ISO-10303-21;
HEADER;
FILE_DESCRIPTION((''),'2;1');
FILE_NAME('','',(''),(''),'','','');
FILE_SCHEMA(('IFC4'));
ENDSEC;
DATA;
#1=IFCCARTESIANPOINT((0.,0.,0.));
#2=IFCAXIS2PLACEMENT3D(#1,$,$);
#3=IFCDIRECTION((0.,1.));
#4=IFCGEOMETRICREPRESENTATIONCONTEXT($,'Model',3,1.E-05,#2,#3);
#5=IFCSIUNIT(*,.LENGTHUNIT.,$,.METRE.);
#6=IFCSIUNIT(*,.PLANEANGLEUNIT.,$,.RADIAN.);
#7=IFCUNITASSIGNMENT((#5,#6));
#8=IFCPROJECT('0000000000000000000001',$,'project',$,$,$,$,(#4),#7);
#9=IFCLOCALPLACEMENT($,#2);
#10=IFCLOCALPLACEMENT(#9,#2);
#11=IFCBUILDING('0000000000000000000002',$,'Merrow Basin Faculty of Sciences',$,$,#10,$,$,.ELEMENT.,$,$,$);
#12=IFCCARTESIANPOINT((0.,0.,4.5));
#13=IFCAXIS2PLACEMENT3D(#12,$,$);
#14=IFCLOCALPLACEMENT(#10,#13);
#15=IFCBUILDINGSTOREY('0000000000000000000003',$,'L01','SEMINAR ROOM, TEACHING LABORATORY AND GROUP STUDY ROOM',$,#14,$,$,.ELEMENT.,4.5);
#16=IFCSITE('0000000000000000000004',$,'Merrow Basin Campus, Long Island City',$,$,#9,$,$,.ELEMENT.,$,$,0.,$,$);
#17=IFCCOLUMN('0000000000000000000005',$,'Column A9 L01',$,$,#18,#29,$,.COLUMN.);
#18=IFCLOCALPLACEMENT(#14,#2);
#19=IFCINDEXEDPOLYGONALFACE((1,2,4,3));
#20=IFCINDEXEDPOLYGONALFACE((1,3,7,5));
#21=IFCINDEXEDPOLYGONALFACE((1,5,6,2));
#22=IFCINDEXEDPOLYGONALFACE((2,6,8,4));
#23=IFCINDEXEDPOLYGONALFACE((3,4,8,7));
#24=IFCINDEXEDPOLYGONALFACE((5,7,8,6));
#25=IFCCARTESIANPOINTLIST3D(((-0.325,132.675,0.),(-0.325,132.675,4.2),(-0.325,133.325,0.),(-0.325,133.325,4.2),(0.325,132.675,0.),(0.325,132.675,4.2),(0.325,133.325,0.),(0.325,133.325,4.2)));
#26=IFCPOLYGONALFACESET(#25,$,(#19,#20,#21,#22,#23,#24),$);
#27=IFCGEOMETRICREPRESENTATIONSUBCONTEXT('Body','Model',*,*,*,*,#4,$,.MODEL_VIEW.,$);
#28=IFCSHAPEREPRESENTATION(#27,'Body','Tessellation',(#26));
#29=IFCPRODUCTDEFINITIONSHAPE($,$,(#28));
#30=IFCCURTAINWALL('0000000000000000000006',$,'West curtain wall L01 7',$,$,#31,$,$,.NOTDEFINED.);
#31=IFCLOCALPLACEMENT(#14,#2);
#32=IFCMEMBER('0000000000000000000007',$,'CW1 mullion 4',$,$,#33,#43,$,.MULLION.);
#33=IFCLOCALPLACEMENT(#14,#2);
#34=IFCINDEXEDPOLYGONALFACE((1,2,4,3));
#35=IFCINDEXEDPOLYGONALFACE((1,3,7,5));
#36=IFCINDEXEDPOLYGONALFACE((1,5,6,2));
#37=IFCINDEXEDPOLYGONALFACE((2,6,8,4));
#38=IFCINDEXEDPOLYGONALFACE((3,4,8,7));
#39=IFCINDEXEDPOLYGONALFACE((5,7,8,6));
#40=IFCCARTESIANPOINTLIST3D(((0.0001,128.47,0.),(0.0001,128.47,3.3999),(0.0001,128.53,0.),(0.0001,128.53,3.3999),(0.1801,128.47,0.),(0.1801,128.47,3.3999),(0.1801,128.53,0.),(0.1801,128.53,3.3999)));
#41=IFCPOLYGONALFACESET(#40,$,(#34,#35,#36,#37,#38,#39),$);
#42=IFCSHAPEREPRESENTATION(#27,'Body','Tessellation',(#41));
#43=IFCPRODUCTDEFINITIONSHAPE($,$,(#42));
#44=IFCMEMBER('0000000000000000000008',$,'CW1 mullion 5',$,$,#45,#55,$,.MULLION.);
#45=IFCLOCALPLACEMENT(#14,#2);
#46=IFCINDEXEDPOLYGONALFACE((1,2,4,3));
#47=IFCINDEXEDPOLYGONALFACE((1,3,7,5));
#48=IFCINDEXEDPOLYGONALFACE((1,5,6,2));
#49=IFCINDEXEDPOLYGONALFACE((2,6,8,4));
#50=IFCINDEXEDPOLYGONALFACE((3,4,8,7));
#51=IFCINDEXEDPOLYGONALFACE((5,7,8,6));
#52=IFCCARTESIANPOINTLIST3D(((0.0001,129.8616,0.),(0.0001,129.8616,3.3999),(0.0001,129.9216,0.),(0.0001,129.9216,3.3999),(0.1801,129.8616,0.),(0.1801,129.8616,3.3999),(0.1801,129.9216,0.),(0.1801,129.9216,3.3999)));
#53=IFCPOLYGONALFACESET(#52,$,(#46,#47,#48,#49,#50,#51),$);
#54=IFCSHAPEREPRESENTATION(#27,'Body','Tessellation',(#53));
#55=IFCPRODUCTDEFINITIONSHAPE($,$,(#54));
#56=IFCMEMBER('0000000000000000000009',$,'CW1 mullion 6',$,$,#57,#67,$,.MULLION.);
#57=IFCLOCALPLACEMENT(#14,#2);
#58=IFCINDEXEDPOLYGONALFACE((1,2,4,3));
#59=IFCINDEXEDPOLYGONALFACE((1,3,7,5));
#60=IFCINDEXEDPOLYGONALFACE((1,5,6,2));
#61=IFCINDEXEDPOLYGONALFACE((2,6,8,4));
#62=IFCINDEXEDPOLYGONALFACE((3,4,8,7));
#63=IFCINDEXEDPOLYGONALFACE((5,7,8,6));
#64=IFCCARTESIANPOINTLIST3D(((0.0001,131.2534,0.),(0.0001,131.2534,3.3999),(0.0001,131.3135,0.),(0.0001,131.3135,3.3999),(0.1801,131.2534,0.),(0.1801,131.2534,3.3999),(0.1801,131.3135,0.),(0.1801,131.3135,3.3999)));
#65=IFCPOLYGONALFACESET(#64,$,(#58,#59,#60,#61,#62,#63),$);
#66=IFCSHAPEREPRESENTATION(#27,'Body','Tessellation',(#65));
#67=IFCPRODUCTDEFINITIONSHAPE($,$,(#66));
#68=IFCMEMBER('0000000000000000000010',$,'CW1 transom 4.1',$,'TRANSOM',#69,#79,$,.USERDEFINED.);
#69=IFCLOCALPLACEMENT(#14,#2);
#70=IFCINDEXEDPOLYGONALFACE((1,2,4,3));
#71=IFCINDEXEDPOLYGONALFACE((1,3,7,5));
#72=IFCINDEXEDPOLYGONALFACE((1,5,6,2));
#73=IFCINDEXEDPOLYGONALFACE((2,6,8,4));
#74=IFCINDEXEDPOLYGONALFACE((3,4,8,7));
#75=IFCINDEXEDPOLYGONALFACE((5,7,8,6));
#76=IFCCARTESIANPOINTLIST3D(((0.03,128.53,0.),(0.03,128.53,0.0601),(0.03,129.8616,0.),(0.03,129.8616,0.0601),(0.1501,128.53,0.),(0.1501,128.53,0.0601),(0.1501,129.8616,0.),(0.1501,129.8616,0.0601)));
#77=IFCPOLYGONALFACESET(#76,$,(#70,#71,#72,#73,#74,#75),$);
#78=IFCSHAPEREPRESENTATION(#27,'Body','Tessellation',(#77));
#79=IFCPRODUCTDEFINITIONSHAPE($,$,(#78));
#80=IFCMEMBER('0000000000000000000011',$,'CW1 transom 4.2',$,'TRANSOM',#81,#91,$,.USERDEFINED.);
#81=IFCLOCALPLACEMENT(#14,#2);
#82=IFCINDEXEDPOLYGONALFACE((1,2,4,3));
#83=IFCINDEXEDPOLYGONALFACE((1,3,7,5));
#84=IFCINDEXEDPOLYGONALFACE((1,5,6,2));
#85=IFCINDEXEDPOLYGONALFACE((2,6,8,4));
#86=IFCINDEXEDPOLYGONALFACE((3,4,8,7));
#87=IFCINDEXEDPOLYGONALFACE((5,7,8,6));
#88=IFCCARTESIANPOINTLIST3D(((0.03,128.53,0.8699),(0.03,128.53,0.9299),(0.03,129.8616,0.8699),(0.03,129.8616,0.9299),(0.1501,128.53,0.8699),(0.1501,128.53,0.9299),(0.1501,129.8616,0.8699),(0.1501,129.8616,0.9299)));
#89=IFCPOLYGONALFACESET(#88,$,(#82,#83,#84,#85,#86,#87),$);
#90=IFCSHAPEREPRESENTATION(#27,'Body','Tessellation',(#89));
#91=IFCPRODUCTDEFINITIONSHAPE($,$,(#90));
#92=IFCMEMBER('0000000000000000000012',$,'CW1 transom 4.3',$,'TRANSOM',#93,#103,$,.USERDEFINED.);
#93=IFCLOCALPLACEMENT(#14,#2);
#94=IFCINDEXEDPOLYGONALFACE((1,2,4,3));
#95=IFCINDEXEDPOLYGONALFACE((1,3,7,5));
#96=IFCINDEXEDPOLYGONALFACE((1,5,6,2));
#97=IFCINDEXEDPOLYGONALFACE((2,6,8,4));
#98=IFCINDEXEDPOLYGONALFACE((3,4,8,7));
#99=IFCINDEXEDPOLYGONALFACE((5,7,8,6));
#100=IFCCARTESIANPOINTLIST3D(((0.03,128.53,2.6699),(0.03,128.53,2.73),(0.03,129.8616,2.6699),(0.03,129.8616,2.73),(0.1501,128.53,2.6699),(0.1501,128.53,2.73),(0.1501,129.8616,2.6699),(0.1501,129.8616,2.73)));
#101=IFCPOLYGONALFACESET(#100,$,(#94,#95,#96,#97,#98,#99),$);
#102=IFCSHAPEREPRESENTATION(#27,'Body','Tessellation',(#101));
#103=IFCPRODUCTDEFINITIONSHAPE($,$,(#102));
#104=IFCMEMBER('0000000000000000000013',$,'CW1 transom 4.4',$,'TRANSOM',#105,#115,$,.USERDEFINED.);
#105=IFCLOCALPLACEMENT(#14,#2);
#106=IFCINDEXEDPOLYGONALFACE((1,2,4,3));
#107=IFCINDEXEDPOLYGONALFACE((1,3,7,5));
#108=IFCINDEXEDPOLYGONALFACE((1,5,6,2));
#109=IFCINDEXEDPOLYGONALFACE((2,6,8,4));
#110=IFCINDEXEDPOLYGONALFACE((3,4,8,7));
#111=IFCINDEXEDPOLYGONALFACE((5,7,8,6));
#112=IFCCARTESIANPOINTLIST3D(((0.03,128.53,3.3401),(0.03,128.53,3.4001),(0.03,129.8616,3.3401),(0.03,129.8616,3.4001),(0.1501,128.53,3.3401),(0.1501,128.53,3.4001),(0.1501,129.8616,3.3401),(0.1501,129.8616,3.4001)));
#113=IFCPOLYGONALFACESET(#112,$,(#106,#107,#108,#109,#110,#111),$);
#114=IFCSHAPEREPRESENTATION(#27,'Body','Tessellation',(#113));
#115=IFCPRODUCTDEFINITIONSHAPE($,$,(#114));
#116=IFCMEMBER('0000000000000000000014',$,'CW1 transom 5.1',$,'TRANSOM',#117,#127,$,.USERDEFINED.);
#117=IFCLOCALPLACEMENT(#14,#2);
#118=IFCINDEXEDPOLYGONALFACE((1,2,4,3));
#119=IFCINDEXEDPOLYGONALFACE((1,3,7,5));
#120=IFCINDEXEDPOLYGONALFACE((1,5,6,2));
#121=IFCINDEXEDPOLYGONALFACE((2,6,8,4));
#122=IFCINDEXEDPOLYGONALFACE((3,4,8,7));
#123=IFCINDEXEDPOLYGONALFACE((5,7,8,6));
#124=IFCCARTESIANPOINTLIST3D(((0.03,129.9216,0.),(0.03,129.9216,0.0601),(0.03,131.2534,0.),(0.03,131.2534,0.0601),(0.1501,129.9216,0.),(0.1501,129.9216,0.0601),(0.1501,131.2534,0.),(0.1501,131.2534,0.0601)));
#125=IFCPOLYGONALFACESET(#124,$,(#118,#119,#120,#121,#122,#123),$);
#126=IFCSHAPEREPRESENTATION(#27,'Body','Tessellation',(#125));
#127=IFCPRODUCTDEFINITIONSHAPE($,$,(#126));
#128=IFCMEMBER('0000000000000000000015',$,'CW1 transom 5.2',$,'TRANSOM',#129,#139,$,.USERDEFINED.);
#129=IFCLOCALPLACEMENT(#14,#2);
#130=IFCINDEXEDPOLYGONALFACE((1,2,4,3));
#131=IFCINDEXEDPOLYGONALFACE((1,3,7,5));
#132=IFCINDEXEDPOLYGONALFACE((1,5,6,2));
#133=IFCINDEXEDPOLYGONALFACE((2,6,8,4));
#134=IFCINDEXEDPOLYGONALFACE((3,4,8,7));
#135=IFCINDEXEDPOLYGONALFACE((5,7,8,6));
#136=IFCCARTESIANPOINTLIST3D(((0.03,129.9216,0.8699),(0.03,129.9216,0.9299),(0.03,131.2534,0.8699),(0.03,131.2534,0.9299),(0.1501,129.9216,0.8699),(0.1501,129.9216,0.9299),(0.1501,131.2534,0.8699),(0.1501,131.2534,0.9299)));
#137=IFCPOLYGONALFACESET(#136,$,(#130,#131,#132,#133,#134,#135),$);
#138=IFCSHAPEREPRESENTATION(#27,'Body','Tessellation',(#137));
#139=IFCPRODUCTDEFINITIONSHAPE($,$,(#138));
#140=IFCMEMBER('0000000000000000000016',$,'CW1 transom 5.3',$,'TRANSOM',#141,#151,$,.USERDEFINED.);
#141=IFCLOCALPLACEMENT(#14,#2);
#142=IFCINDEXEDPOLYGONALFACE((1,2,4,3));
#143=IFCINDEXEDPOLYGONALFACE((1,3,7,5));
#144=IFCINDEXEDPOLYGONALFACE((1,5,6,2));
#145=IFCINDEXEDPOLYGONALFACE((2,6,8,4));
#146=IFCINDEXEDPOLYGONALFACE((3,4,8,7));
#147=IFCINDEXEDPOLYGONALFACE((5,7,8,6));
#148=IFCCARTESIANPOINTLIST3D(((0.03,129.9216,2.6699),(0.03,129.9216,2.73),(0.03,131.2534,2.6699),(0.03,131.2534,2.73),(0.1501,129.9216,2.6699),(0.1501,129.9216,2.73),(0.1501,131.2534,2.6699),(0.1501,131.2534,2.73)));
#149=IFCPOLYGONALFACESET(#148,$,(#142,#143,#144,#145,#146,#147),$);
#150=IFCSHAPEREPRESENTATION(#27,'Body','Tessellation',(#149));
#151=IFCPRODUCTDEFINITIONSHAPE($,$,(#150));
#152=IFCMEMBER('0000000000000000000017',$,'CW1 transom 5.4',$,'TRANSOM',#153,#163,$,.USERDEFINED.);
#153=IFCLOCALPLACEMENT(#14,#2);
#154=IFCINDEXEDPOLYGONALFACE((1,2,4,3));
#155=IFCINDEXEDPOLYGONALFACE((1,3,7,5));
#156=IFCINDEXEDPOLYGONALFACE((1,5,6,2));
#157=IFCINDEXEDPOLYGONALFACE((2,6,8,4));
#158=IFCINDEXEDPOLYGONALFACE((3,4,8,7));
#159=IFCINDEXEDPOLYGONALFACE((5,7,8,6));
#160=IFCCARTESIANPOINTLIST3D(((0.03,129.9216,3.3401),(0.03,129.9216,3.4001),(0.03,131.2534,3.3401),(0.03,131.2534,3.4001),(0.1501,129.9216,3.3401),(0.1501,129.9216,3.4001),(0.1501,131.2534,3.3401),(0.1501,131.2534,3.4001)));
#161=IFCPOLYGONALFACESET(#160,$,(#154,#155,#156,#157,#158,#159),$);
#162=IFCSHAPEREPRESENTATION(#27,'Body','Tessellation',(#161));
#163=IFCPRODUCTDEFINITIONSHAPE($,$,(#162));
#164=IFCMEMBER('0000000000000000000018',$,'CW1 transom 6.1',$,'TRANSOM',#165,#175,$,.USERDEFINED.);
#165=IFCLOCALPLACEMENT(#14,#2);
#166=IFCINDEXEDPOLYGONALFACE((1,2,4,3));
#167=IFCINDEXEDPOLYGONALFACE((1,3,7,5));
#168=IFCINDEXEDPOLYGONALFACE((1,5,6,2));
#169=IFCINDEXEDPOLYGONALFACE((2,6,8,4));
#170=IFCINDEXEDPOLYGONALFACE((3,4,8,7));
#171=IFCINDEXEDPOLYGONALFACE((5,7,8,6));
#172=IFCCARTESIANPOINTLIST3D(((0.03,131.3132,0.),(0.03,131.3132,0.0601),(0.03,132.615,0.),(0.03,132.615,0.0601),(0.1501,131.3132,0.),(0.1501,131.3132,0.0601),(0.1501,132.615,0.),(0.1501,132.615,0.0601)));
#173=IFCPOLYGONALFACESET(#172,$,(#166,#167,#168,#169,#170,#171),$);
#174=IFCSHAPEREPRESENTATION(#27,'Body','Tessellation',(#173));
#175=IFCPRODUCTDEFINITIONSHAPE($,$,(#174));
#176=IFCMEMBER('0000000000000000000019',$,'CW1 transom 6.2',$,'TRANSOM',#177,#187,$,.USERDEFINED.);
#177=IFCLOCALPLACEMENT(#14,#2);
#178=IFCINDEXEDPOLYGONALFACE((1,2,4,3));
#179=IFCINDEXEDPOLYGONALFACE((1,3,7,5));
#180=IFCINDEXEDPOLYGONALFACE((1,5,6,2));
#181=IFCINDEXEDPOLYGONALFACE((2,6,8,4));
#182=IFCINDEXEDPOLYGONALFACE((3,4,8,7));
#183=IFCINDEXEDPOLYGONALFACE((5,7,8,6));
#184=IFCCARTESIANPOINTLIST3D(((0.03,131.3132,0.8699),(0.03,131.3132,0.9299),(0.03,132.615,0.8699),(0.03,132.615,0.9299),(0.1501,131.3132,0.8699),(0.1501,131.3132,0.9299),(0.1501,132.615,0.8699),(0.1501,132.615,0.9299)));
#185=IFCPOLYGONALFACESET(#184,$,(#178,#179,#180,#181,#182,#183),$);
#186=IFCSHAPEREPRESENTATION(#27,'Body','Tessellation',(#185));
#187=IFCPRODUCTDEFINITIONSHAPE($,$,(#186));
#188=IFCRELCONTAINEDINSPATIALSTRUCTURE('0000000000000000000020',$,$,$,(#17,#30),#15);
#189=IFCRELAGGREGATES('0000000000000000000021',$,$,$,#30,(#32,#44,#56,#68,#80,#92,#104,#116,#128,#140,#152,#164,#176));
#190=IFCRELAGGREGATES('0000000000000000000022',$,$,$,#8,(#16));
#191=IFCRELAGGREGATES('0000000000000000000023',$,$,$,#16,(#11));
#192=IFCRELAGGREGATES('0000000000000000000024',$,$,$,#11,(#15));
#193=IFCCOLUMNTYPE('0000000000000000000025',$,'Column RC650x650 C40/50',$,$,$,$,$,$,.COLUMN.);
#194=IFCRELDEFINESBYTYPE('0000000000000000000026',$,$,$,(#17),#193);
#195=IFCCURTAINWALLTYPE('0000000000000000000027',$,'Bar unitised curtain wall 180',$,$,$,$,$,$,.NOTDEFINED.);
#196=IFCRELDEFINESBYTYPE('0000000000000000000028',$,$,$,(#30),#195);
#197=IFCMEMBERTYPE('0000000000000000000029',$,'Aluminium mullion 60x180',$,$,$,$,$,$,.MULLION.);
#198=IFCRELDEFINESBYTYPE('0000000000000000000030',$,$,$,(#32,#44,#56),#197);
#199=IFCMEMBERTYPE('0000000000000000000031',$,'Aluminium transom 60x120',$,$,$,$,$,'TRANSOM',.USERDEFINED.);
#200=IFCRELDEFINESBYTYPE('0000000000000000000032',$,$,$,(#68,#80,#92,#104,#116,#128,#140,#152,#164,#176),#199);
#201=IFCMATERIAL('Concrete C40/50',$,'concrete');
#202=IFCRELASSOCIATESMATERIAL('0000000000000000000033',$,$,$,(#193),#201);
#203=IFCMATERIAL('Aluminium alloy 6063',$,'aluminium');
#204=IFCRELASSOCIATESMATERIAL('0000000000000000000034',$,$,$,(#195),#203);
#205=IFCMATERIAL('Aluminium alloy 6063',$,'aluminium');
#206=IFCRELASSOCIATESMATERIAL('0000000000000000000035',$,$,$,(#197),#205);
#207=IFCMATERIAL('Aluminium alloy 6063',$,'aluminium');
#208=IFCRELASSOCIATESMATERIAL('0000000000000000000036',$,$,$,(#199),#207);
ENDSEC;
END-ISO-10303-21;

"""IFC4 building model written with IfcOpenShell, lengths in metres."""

from ifc_helpers import new_model, si_unit, direction, frame, origin, origin_2d, place, context, subcontext, project, spatial, rectangle, extrude, material, material_profile, profile_set, type_object, element, aggregate, save


model = new_model("IFC4")

# Units and contexts
model_context = context("Model", 3, precision=1e-05, world=origin(), true_north=direction((0.0, 1.0)))
body_context = subcontext(model_context, "Body", "Model", "MODEL_VIEW")
ifc_project = project(units=[si_unit("LENGTHUNIT", "METRE"), si_unit("PLANEANGLEUNIT", "RADIAN")], contexts=[model_context])

# Site, building, storey
site_placement = place(None, origin())
site = spatial("IfcSite", under=ifc_project, at=site_placement, Name="Merrow Basin Campus, Long Island City", CompositionType="ELEMENT", RefElevation=0.0)
building_placement = place(site_placement, origin())
building = spatial("IfcBuilding", under=site, at=building_placement, Name="Merrow Basin Faculty of Sciences", CompositionType="ELEMENT")
storey_placement = place(building_placement, frame((0.0, 0.0, 4.5)))
storey = spatial("IfcBuildingStorey", under=building, at=storey_placement, Name="L01", Description="SEMINAR ROOM, TEACHING LABORATORY AND GROUP STUDY ROOM", CompositionType="ELEMENT", Elevation=4.5)

# Column
ifc_material_1 = material(Name="Concrete C40/50", Category="concrete")
ifc_material_profile_1 = material_profile(ifc_material_1, rectangle(XDim=0.6499, YDim=0.6499, at=origin_2d()))
ifc_profile_set_1 = profile_set([ifc_material_profile_1], Name="Concrete C40/50")
column_type = type_object("IfcColumnType", Name="Column RC650x650 C40/50", PredefinedType="COLUMN", material=ifc_profile_set_1)
column_placement = place(storey_placement, frame((0.0, 133.0, 0.0), z_axis=(0.0, 0.0, 1.0), x_axis=(1.0, 0.0, 0.0)))
element("IfcColumn", 1, at=column_placement, inside=storey, type_object=column_type, Name="Column A9 L01", PredefinedType="COLUMN", context=body_context, shape_type="SweptSolid", body=[
    extrude(rectangle(XDim=0.6499, YDim=0.6499, at=origin_2d()), origin(), (0.0, 0.0, 1.0), 4.2),
])

# Curtain wall, members
ifc_material_2 = material(Name="Aluminium alloy 6063", Category="aluminium")
curtain_wall_type = type_object("IfcCurtainWallType", Name="Bar unitised curtain wall 180", PredefinedType="NOTDEFINED", material=ifc_material_2)
curtain_wall_placement = place(storey_placement, origin())
curtain_wall = element("IfcCurtainWall", 2, at=curtain_wall_placement, inside=storey, type_object=curtain_wall_type, Name="West curtain wall L01 7", PredefinedType="NOTDEFINED")
ifc_material_3 = material(Name="Aluminium alloy 6063", Category="aluminium")
ifc_material_profile_2 = material_profile(ifc_material_3, rectangle(XDim=0.1799, YDim=0.0601, at=origin_2d()))
ifc_profile_set_2 = profile_set([ifc_material_profile_2], Name="Aluminium alloy 6063")
member_type_1 = type_object("IfcMemberType", Name="Aluminium mullion 60x180", PredefinedType="MULLION", material=ifc_profile_set_2)
member_1_placement = place(storey_placement, frame((0.0901, 128.5, 0.0), z_axis=(0.0, 0.0, 1.0), x_axis=(-1.0, 0.0, 0.0)))
member_1 = element("IfcMember", 3, at=member_1_placement, type_object=member_type_1, Name="CW1 mullion 4", PredefinedType="MULLION", context=body_context, shape_type="SweptSolid", body=[
    extrude(rectangle(XDim=0.1799, YDim=0.0601, at=origin_2d()), origin(), (0.0, 0.0, 1.0), 3.3999),
])
member_2_placement = place(storey_placement, frame((0.0901, 129.8916, 0.0), z_axis=(0.0, 0.0, 1.0), x_axis=(-1.0, 0.0, 0.0)))
member_2 = element("IfcMember", 4, at=member_2_placement, type_object=member_type_1, Name="CW1 mullion 5", PredefinedType="MULLION", context=body_context, shape_type="SweptSolid", body=[
    extrude(rectangle(XDim=0.1799, YDim=0.0601, at=origin_2d()), origin(), (0.0, 0.0, 1.0), 3.3999),
])
member_3_placement = place(storey_placement, frame((0.0901, 131.2834, 0.0), z_axis=(0.0, 0.0, 1.0), x_axis=(-1.0, 0.0, 0.0)))
member_3 = element("IfcMember", 5, at=member_3_placement, type_object=member_type_1, Name="CW1 mullion 6", PredefinedType="MULLION", context=body_context, shape_type="SweptSolid", body=[
    extrude(rectangle(XDim=0.1799, YDim=0.0601, at=origin_2d()), origin(), (0.0, 0.0, 1.0), 3.3999),
])
ifc_material_4 = material(Name="Aluminium alloy 6063", Category="aluminium")
ifc_material_profile_3 = material_profile(ifc_material_4, rectangle(XDim=0.1201, YDim=0.0601, at=origin_2d()))
ifc_profile_set_3 = profile_set([ifc_material_profile_3], Name="Aluminium alloy 6063")
member_type_2 = type_object("IfcMemberType", Name="Aluminium transom 60x120", ElementType="TRANSOM", PredefinedType="USERDEFINED", material=ifc_profile_set_3)
member_4_placement = place(storey_placement, frame((0.0901, 128.53, 0.03), z_axis=(0.0, 1.0, 0.0), x_axis=(-1.0, 0.0, 0.0)))
member_4 = element("IfcMember", 6, at=member_4_placement, type_object=member_type_2, Name="CW1 transom 4.1", ObjectType="TRANSOM", PredefinedType="USERDEFINED", context=body_context, shape_type="SweptSolid", body=[
    extrude(rectangle(XDim=0.1201, YDim=0.0601, at=origin_2d()), origin(), (0.0, 0.0, 1.0), 1.3315),
])
member_5_placement = place(storey_placement, frame((0.0901, 128.53, 0.8999), z_axis=(0.0, 1.0, 0.0), x_axis=(-1.0, 0.0, 0.0)))
member_5 = element("IfcMember", 7, at=member_5_placement, type_object=member_type_2, Name="CW1 transom 4.2", ObjectType="TRANSOM", PredefinedType="USERDEFINED", context=body_context, shape_type="SweptSolid", body=[
    extrude(rectangle(XDim=0.1201, YDim=0.0601, at=origin_2d()), origin(), (0.0, 0.0, 1.0), 1.3315),
])
member_6_placement = place(storey_placement, frame((0.0901, 128.53, 2.7), z_axis=(0.0, 1.0, 0.0), x_axis=(-1.0, 0.0, 0.0)))
member_6 = element("IfcMember", 8, at=member_6_placement, type_object=member_type_2, Name="CW1 transom 4.3", ObjectType="TRANSOM", PredefinedType="USERDEFINED", context=body_context, shape_type="SweptSolid", body=[
    extrude(rectangle(XDim=0.1201, YDim=0.0601, at=origin_2d()), origin(), (0.0, 0.0, 1.0), 1.3315),
])
member_7_placement = place(storey_placement, frame((0.0901, 128.53, 3.3701), z_axis=(0.0, 1.0, 0.0), x_axis=(-1.0, 0.0, 0.0)))
member_7 = element("IfcMember", 9, at=member_7_placement, type_object=member_type_2, Name="CW1 transom 4.4", ObjectType="TRANSOM", PredefinedType="USERDEFINED", context=body_context, shape_type="SweptSolid", body=[
    extrude(rectangle(XDim=0.1201, YDim=0.0601, at=origin_2d()), origin(), (0.0, 0.0, 1.0), 1.3315),
])
member_8_placement = place(storey_placement, frame((0.0901, 129.9216, 0.03), z_axis=(0.0, 1.0, 0.0), x_axis=(-1.0, 0.0, 0.0)))
member_8 = element("IfcMember", 10, at=member_8_placement, type_object=member_type_2, Name="CW1 transom 5.1", ObjectType="TRANSOM", PredefinedType="USERDEFINED", context=body_context, shape_type="SweptSolid", body=[
    extrude(rectangle(XDim=0.1201, YDim=0.0601, at=origin_2d()), origin(), (0.0, 0.0, 1.0), 1.3318),
])
member_9_placement = place(storey_placement, frame((0.0901, 129.9216, 0.8999), z_axis=(0.0, 1.0, 0.0), x_axis=(-1.0, 0.0, 0.0)))
member_9 = element("IfcMember", 11, at=member_9_placement, type_object=member_type_2, Name="CW1 transom 5.2", ObjectType="TRANSOM", PredefinedType="USERDEFINED", context=body_context, shape_type="SweptSolid", body=[
    extrude(rectangle(XDim=0.1201, YDim=0.0601, at=origin_2d()), origin(), (0.0, 0.0, 1.0), 1.3318),
])
member_10_placement = place(storey_placement, frame((0.0901, 129.9216, 2.7), z_axis=(0.0, 1.0, 0.0), x_axis=(-1.0, 0.0, 0.0)))
member_10 = element("IfcMember", 12, at=member_10_placement, type_object=member_type_2, Name="CW1 transom 5.3", ObjectType="TRANSOM", PredefinedType="USERDEFINED", context=body_context, shape_type="SweptSolid", body=[
    extrude(rectangle(XDim=0.1201, YDim=0.0601, at=origin_2d()), origin(), (0.0, 0.0, 1.0), 1.3318),
])
member_11_placement = place(storey_placement, frame((0.0901, 129.9216, 3.3701), z_axis=(0.0, 1.0, 0.0), x_axis=(-1.0, 0.0, 0.0)))
member_11 = element("IfcMember", 13, at=member_11_placement, type_object=member_type_2, Name="CW1 transom 5.4", ObjectType="TRANSOM", PredefinedType="USERDEFINED", context=body_context, shape_type="SweptSolid", body=[
    extrude(rectangle(XDim=0.1201, YDim=0.0601, at=origin_2d()), origin(), (0.0, 0.0, 1.0), 1.3318),
])
member_12_placement = place(storey_placement, frame((0.0901, 131.3132, 0.03), z_axis=(0.0, 1.0, 0.0), x_axis=(-1.0, 0.0, 0.0)))
member_12 = element("IfcMember", 14, at=member_12_placement, type_object=member_type_2, Name="CW1 transom 6.1", ObjectType="TRANSOM", PredefinedType="USERDEFINED", context=body_context, shape_type="SweptSolid", body=[
    extrude(rectangle(XDim=0.1201, YDim=0.0601, at=origin_2d()), origin(), (0.0, 0.0, 1.0), 1.3018),
])
member_13_placement = place(storey_placement, frame((0.0901, 131.3132, 0.8999), z_axis=(0.0, 1.0, 0.0), x_axis=(-1.0, 0.0, 0.0)))
member_13 = element("IfcMember", 15, at=member_13_placement, type_object=member_type_2, Name="CW1 transom 6.2", ObjectType="TRANSOM", PredefinedType="USERDEFINED", context=body_context, shape_type="SweptSolid", body=[
    extrude(rectangle(XDim=0.1201, YDim=0.0601, at=origin_2d()), origin(), (0.0, 0.0, 1.0), 1.3018),
])
aggregate(curtain_wall, [member_1, member_2, member_3, member_4, member_5, member_6, member_7, member_8, member_9, member_10, member_11, member_12, member_13])

save(model, "model.ifc")
